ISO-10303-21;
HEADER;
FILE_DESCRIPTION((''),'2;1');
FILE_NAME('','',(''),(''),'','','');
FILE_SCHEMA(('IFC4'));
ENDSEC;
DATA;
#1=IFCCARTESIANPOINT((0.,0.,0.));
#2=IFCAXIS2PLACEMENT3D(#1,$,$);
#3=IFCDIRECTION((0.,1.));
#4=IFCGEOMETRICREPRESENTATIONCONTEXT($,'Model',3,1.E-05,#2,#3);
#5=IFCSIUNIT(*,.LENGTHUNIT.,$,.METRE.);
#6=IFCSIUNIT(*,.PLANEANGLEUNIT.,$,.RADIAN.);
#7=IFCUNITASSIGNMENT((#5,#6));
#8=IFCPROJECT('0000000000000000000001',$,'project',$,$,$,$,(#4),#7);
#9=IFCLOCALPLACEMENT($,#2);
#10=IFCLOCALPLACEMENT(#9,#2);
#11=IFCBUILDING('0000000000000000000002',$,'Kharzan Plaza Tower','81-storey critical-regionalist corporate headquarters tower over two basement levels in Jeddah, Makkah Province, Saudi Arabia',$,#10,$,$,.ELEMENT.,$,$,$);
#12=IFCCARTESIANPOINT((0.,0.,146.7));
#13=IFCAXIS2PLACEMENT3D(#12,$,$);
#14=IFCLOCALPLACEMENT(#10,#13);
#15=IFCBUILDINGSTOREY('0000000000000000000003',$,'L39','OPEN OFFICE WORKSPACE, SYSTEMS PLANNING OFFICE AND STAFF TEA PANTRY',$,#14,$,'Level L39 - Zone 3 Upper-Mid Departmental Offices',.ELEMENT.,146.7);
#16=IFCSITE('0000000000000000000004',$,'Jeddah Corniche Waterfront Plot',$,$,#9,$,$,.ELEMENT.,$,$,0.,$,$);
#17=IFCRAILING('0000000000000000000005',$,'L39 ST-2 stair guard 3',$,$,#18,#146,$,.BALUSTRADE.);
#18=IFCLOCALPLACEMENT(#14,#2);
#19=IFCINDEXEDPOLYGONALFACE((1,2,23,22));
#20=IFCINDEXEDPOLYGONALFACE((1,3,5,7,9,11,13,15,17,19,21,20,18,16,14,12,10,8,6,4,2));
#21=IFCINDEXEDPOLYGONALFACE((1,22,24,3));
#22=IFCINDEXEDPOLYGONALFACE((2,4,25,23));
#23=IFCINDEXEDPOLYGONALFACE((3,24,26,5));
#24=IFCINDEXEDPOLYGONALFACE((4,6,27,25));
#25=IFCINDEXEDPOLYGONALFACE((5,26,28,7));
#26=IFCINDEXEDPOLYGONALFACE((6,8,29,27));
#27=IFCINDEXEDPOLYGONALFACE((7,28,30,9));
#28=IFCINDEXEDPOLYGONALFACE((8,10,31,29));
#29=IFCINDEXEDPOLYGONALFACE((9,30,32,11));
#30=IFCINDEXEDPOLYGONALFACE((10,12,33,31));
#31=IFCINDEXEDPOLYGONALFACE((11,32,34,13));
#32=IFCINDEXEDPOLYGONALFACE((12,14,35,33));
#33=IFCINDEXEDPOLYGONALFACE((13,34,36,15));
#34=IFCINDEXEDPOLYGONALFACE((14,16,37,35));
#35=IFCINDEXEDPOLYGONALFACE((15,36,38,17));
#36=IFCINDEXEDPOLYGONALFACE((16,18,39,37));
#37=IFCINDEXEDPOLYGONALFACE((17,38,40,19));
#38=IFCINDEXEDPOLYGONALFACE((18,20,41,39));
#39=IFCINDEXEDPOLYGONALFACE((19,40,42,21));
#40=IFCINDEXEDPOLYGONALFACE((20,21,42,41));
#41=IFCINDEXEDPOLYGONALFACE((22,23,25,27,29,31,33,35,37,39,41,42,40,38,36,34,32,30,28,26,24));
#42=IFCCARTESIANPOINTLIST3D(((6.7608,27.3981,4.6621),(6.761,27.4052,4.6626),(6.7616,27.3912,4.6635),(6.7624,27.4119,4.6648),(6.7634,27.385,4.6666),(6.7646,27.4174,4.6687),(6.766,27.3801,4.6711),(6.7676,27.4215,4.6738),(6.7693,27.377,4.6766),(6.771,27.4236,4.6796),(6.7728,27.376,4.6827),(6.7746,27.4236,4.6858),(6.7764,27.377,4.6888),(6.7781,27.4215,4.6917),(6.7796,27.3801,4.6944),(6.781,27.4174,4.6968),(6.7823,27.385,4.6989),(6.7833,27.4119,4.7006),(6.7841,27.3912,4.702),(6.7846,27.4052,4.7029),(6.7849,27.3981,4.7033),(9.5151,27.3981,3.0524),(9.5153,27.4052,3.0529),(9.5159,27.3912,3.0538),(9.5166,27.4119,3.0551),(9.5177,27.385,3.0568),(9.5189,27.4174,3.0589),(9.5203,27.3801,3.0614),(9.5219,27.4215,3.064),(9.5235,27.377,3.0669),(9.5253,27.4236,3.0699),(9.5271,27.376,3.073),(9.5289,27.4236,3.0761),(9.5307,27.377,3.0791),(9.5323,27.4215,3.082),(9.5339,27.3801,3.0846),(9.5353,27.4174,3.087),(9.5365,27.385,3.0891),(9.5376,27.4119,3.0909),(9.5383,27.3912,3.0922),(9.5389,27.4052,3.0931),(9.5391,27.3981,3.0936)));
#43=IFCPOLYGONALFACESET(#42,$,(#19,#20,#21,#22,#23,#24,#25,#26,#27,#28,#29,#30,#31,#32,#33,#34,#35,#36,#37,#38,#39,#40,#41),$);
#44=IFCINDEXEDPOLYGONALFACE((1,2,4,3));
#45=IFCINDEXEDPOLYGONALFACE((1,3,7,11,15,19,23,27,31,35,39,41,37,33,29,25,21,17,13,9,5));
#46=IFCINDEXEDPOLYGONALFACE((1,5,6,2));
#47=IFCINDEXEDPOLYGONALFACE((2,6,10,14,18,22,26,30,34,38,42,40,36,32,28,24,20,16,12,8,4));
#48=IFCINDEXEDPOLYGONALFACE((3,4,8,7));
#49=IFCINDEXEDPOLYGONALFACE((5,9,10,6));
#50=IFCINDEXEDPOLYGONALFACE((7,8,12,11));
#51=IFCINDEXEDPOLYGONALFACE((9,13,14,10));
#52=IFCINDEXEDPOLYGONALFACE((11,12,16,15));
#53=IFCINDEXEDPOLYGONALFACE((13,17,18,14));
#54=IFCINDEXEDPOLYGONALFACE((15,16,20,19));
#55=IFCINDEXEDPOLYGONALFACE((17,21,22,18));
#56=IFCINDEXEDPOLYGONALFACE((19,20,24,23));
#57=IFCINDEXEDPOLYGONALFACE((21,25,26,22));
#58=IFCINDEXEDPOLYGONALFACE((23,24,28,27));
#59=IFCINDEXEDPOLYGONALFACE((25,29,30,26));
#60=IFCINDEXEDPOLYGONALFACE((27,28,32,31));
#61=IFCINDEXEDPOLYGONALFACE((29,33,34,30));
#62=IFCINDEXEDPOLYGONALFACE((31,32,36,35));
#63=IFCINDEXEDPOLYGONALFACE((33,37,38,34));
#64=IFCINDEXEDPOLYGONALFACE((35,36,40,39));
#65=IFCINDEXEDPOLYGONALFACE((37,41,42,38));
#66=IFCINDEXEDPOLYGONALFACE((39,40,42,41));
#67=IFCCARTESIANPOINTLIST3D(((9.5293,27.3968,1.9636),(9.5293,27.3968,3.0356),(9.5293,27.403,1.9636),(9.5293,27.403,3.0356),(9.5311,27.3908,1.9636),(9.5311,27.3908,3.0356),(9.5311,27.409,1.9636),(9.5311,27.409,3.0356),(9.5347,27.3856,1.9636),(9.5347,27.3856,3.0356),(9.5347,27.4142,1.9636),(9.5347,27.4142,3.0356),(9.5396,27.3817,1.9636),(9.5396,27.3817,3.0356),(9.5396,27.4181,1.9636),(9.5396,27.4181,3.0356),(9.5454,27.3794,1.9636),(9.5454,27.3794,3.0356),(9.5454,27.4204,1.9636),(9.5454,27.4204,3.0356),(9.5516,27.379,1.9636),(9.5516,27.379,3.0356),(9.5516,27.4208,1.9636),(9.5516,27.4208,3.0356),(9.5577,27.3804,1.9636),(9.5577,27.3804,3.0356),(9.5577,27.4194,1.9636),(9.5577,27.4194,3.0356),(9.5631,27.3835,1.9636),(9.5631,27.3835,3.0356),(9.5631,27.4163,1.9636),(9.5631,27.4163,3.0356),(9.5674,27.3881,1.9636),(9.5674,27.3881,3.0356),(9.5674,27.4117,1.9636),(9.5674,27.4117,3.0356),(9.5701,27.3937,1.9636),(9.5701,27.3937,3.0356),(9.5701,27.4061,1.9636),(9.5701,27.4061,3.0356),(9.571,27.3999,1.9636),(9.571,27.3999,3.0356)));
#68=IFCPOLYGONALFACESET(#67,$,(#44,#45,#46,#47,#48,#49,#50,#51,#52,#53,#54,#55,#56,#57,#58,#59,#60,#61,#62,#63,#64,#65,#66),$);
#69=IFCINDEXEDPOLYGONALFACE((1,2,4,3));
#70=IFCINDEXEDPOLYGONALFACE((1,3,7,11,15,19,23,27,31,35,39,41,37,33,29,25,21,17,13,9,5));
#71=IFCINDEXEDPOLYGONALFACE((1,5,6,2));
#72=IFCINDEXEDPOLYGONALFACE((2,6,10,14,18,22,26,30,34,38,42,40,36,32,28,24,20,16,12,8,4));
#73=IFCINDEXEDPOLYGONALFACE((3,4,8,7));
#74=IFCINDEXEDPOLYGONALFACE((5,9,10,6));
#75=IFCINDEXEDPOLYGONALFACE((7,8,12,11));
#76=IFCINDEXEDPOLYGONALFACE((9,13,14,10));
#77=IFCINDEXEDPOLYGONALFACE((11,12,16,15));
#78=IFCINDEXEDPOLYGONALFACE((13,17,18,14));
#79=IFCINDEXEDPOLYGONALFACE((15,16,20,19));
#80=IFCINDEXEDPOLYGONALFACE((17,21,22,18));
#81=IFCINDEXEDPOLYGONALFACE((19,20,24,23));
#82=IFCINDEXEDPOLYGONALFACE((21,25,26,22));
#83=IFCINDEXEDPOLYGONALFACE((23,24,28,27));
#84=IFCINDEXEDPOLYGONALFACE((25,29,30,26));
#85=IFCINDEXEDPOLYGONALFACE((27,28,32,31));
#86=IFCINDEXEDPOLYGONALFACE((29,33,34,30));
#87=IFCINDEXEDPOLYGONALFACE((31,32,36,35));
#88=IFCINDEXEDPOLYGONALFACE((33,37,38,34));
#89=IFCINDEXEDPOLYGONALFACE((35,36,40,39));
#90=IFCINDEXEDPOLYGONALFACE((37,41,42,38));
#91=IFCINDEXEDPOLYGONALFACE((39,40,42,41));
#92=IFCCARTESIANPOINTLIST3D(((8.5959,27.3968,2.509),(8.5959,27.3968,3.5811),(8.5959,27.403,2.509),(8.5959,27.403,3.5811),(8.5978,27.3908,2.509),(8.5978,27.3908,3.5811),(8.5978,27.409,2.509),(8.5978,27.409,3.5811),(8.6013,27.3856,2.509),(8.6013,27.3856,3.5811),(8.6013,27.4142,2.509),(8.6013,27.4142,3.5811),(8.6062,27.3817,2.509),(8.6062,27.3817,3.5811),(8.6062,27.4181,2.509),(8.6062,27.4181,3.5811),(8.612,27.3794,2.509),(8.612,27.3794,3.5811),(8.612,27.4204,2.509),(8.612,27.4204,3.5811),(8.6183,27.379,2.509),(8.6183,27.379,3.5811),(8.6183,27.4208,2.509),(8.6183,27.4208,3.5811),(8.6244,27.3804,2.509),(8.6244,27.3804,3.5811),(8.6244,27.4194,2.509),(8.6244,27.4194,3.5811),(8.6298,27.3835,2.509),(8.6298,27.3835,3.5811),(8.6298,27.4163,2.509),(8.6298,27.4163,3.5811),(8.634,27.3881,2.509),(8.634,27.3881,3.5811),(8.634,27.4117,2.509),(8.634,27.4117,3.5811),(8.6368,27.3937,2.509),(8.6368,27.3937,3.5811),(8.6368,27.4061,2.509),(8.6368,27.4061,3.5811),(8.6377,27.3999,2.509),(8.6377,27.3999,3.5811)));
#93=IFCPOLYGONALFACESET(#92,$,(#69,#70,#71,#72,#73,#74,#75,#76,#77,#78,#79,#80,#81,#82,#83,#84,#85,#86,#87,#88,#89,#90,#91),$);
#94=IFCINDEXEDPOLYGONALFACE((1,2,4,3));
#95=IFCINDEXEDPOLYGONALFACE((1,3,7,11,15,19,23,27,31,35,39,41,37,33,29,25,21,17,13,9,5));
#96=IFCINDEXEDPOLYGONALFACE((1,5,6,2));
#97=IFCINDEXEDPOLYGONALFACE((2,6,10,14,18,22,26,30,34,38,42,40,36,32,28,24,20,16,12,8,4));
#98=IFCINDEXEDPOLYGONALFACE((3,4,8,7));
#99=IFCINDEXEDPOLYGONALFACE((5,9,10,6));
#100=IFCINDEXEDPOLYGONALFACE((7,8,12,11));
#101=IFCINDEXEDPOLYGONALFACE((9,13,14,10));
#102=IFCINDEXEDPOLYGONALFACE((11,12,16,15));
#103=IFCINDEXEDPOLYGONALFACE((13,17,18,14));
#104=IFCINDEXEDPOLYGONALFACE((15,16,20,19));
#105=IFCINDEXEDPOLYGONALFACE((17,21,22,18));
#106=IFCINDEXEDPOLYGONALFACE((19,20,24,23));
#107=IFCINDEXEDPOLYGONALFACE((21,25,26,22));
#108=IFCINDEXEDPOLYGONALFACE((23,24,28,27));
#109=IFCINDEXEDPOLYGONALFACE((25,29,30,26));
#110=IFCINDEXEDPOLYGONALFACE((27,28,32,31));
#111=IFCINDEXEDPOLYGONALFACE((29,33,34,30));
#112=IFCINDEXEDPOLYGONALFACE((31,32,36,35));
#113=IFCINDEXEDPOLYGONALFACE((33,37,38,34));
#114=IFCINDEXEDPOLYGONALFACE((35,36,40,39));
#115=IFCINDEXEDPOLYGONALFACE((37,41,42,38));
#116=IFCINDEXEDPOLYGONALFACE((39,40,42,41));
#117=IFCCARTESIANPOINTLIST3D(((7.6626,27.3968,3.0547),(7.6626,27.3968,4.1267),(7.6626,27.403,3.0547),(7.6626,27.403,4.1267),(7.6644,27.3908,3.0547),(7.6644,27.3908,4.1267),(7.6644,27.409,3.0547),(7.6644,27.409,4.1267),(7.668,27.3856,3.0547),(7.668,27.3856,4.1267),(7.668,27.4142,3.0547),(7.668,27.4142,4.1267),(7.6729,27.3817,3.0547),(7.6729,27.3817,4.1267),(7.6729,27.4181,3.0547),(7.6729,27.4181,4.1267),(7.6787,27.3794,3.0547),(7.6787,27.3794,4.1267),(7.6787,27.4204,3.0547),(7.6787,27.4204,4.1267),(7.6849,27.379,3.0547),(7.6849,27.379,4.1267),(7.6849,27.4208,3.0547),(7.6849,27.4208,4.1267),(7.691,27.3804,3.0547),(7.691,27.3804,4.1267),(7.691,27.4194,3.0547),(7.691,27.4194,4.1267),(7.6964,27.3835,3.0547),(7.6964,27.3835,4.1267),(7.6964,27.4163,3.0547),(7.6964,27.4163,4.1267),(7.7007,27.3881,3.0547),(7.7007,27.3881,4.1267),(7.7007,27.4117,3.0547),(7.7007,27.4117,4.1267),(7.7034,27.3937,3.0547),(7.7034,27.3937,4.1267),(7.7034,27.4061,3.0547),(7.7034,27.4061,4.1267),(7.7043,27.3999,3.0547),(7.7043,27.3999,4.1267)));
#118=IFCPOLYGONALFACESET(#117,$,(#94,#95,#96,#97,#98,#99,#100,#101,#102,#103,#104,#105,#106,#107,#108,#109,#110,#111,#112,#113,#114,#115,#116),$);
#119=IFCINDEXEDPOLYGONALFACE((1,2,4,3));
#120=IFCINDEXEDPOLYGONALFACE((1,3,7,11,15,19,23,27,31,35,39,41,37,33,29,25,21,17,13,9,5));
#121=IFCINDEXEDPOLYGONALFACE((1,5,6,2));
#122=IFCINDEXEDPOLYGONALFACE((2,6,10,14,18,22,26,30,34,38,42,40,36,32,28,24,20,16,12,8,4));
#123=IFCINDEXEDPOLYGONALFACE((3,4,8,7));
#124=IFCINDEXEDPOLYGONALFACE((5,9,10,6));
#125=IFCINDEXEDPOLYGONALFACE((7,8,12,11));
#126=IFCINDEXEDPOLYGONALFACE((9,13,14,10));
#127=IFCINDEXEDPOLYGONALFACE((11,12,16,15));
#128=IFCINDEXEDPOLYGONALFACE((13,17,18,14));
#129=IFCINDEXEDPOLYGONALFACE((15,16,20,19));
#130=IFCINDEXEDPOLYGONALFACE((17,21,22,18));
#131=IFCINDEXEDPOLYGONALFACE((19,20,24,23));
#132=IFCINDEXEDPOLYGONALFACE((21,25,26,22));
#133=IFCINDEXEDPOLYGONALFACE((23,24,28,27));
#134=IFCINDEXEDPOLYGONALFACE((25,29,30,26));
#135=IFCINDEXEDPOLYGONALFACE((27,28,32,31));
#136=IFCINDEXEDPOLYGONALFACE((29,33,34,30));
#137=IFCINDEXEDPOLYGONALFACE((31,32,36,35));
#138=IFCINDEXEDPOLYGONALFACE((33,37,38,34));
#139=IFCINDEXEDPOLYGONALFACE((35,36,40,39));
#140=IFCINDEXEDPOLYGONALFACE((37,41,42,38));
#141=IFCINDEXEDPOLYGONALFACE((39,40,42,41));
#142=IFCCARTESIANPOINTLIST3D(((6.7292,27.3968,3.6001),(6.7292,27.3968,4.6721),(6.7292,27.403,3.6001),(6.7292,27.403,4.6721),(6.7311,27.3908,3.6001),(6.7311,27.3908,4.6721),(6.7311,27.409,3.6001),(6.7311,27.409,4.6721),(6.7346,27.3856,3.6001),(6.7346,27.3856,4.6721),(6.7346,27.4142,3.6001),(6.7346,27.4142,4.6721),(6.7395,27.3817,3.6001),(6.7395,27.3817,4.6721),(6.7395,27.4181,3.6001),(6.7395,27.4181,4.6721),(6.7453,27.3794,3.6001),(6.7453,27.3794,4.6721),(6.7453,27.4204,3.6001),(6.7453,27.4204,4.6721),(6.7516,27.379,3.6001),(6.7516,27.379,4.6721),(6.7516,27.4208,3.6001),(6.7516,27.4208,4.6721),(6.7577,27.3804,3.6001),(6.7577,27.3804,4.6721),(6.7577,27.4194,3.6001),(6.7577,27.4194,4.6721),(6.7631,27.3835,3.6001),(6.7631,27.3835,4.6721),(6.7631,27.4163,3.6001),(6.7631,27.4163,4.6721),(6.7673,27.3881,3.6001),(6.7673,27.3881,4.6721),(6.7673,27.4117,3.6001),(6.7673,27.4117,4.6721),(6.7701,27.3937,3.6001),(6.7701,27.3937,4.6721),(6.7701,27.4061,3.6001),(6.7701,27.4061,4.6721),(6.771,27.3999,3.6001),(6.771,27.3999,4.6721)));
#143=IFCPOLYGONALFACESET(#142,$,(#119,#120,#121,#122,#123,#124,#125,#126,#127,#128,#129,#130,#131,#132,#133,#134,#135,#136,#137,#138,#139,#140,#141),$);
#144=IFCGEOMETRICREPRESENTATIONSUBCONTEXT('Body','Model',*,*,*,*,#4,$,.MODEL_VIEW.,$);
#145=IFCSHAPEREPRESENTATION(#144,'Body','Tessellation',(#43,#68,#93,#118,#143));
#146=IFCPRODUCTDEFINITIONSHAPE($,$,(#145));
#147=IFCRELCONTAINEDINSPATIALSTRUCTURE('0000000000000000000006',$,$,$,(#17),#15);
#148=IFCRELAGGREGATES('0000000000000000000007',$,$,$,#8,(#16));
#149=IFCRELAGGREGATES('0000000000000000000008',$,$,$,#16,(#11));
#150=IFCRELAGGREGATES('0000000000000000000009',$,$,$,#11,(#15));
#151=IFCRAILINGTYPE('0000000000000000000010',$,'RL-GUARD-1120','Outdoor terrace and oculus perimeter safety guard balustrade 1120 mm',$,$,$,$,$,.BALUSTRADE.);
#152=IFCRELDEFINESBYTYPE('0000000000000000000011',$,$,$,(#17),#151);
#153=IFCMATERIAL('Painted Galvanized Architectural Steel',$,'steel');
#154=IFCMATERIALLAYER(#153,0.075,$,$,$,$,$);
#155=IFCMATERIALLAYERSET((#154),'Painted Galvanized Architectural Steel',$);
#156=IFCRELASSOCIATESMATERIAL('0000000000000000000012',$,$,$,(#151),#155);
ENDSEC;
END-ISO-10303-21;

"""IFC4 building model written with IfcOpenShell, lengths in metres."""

from ifc_helpers import new_model, si_unit, direction, frame, origin, origin_2d, place, context, subcontext, project, spatial, circle, extrude, source, transform, mapped, material, layer, layer_set, type_object, element, save


model = new_model("IFC4")

# Units and contexts
model_context = context("Model", 3, precision=1e-05, world=origin(), true_north=direction((0.0, 1.0)))
body_context = subcontext(model_context, "Body", "Model", "MODEL_VIEW")
ifc_project = project(units=[si_unit("LENGTHUNIT", "METRE"), si_unit("PLANEANGLEUNIT", "RADIAN")], contexts=[model_context])

# Site, building, storey
site_placement = place(None, origin())
site = spatial("IfcSite", under=ifc_project, at=site_placement, Name="Jeddah Corniche Waterfront Plot", CompositionType="ELEMENT", RefElevation=0.0)
building_placement = place(site_placement, origin())
building = spatial("IfcBuilding", under=site, at=building_placement, Name="Kharzan Plaza Tower", Description="81-storey critical-regionalist corporate headquarters tower over two basement levels in Jeddah, Makkah Province, Saudi Arabia", CompositionType="ELEMENT")
storey_placement = place(building_placement, frame((0.0, 0.0, 146.7)))
storey = spatial("IfcBuildingStorey", under=building, at=storey_placement, Name="L39", Description="OPEN OFFICE WORKSPACE, SYSTEMS PLANNING OFFICE AND STAFF TEA PANTRY", LongName="Level L39 - Zone 3 Upper-Mid Departmental Offices", CompositionType="ELEMENT", Elevation=146.7)

# Railing
ifc_material_1 = material(Name="Painted Galvanized Architectural Steel", Category="steel")
ifc_layer_1 = layer(ifc_material_1, 0.075)
ifc_layer_set_1 = layer_set([ifc_layer_1], Name="Painted Galvanized Architectural Steel")
railing_type_1 = type_object("IfcRailingType", Name="RL-GUARD-1120", Description="Outdoor terrace and oculus perimeter safety guard balustrade 1120 mm", PredefinedType="BALUSTRADE", material=ifc_layer_set_1)
shared_shape_1 = source(origin(), body_context, "Body", "SweptSolid", [
    extrude(circle(Radius=0.0239, at=origin_2d()), frame((-0.0229, 0.0, 1.1094), z_axis=(-0.863361, 0.0, 0.504587), x_axis=(0.0, -1.0, 0.0)), (0.0, 0.0, 1.0), 3.1902),
    extrude(circle(Radius=0.021, at=origin_2d()), origin(), (0.0, 0.0, 1.0), 1.072),
    extrude(circle(Radius=0.021, at=origin_2d()), frame((-0.9333, 0.0, 0.5454)), (0.0, 0.0, 1.0), 1.072),
    extrude(circle(Radius=0.021, at=origin_2d()), frame((-1.8667, 0.0, 1.0911)), (0.0, 0.0, 1.0), 1.072),
    extrude(circle(Radius=0.021, at=origin_2d()), frame((-2.8, 0.0, 1.6365)), (0.0, 0.0, 1.0), 1.072),
])
railing_1_placement = place(storey_placement, frame((9.55, 27.3999, 1.9636)))
element("IfcRailing", 1, at=railing_1_placement, inside=storey, type_object=railing_type_1, Name="L39 ST-2 stair guard 3", PredefinedType="BALUSTRADE", context=body_context, shape_type="MappedRepresentation", body=[
    mapped(shared_shape_1, transform((0.0, 0.0, 0.0), x_axis=(1.0, 0.0, 0.0), y_axis=(0.0, 1.0, 0.0), z_axis=(0.0, 0.0, 1.0))),
])

save(model, "model.ifc")
